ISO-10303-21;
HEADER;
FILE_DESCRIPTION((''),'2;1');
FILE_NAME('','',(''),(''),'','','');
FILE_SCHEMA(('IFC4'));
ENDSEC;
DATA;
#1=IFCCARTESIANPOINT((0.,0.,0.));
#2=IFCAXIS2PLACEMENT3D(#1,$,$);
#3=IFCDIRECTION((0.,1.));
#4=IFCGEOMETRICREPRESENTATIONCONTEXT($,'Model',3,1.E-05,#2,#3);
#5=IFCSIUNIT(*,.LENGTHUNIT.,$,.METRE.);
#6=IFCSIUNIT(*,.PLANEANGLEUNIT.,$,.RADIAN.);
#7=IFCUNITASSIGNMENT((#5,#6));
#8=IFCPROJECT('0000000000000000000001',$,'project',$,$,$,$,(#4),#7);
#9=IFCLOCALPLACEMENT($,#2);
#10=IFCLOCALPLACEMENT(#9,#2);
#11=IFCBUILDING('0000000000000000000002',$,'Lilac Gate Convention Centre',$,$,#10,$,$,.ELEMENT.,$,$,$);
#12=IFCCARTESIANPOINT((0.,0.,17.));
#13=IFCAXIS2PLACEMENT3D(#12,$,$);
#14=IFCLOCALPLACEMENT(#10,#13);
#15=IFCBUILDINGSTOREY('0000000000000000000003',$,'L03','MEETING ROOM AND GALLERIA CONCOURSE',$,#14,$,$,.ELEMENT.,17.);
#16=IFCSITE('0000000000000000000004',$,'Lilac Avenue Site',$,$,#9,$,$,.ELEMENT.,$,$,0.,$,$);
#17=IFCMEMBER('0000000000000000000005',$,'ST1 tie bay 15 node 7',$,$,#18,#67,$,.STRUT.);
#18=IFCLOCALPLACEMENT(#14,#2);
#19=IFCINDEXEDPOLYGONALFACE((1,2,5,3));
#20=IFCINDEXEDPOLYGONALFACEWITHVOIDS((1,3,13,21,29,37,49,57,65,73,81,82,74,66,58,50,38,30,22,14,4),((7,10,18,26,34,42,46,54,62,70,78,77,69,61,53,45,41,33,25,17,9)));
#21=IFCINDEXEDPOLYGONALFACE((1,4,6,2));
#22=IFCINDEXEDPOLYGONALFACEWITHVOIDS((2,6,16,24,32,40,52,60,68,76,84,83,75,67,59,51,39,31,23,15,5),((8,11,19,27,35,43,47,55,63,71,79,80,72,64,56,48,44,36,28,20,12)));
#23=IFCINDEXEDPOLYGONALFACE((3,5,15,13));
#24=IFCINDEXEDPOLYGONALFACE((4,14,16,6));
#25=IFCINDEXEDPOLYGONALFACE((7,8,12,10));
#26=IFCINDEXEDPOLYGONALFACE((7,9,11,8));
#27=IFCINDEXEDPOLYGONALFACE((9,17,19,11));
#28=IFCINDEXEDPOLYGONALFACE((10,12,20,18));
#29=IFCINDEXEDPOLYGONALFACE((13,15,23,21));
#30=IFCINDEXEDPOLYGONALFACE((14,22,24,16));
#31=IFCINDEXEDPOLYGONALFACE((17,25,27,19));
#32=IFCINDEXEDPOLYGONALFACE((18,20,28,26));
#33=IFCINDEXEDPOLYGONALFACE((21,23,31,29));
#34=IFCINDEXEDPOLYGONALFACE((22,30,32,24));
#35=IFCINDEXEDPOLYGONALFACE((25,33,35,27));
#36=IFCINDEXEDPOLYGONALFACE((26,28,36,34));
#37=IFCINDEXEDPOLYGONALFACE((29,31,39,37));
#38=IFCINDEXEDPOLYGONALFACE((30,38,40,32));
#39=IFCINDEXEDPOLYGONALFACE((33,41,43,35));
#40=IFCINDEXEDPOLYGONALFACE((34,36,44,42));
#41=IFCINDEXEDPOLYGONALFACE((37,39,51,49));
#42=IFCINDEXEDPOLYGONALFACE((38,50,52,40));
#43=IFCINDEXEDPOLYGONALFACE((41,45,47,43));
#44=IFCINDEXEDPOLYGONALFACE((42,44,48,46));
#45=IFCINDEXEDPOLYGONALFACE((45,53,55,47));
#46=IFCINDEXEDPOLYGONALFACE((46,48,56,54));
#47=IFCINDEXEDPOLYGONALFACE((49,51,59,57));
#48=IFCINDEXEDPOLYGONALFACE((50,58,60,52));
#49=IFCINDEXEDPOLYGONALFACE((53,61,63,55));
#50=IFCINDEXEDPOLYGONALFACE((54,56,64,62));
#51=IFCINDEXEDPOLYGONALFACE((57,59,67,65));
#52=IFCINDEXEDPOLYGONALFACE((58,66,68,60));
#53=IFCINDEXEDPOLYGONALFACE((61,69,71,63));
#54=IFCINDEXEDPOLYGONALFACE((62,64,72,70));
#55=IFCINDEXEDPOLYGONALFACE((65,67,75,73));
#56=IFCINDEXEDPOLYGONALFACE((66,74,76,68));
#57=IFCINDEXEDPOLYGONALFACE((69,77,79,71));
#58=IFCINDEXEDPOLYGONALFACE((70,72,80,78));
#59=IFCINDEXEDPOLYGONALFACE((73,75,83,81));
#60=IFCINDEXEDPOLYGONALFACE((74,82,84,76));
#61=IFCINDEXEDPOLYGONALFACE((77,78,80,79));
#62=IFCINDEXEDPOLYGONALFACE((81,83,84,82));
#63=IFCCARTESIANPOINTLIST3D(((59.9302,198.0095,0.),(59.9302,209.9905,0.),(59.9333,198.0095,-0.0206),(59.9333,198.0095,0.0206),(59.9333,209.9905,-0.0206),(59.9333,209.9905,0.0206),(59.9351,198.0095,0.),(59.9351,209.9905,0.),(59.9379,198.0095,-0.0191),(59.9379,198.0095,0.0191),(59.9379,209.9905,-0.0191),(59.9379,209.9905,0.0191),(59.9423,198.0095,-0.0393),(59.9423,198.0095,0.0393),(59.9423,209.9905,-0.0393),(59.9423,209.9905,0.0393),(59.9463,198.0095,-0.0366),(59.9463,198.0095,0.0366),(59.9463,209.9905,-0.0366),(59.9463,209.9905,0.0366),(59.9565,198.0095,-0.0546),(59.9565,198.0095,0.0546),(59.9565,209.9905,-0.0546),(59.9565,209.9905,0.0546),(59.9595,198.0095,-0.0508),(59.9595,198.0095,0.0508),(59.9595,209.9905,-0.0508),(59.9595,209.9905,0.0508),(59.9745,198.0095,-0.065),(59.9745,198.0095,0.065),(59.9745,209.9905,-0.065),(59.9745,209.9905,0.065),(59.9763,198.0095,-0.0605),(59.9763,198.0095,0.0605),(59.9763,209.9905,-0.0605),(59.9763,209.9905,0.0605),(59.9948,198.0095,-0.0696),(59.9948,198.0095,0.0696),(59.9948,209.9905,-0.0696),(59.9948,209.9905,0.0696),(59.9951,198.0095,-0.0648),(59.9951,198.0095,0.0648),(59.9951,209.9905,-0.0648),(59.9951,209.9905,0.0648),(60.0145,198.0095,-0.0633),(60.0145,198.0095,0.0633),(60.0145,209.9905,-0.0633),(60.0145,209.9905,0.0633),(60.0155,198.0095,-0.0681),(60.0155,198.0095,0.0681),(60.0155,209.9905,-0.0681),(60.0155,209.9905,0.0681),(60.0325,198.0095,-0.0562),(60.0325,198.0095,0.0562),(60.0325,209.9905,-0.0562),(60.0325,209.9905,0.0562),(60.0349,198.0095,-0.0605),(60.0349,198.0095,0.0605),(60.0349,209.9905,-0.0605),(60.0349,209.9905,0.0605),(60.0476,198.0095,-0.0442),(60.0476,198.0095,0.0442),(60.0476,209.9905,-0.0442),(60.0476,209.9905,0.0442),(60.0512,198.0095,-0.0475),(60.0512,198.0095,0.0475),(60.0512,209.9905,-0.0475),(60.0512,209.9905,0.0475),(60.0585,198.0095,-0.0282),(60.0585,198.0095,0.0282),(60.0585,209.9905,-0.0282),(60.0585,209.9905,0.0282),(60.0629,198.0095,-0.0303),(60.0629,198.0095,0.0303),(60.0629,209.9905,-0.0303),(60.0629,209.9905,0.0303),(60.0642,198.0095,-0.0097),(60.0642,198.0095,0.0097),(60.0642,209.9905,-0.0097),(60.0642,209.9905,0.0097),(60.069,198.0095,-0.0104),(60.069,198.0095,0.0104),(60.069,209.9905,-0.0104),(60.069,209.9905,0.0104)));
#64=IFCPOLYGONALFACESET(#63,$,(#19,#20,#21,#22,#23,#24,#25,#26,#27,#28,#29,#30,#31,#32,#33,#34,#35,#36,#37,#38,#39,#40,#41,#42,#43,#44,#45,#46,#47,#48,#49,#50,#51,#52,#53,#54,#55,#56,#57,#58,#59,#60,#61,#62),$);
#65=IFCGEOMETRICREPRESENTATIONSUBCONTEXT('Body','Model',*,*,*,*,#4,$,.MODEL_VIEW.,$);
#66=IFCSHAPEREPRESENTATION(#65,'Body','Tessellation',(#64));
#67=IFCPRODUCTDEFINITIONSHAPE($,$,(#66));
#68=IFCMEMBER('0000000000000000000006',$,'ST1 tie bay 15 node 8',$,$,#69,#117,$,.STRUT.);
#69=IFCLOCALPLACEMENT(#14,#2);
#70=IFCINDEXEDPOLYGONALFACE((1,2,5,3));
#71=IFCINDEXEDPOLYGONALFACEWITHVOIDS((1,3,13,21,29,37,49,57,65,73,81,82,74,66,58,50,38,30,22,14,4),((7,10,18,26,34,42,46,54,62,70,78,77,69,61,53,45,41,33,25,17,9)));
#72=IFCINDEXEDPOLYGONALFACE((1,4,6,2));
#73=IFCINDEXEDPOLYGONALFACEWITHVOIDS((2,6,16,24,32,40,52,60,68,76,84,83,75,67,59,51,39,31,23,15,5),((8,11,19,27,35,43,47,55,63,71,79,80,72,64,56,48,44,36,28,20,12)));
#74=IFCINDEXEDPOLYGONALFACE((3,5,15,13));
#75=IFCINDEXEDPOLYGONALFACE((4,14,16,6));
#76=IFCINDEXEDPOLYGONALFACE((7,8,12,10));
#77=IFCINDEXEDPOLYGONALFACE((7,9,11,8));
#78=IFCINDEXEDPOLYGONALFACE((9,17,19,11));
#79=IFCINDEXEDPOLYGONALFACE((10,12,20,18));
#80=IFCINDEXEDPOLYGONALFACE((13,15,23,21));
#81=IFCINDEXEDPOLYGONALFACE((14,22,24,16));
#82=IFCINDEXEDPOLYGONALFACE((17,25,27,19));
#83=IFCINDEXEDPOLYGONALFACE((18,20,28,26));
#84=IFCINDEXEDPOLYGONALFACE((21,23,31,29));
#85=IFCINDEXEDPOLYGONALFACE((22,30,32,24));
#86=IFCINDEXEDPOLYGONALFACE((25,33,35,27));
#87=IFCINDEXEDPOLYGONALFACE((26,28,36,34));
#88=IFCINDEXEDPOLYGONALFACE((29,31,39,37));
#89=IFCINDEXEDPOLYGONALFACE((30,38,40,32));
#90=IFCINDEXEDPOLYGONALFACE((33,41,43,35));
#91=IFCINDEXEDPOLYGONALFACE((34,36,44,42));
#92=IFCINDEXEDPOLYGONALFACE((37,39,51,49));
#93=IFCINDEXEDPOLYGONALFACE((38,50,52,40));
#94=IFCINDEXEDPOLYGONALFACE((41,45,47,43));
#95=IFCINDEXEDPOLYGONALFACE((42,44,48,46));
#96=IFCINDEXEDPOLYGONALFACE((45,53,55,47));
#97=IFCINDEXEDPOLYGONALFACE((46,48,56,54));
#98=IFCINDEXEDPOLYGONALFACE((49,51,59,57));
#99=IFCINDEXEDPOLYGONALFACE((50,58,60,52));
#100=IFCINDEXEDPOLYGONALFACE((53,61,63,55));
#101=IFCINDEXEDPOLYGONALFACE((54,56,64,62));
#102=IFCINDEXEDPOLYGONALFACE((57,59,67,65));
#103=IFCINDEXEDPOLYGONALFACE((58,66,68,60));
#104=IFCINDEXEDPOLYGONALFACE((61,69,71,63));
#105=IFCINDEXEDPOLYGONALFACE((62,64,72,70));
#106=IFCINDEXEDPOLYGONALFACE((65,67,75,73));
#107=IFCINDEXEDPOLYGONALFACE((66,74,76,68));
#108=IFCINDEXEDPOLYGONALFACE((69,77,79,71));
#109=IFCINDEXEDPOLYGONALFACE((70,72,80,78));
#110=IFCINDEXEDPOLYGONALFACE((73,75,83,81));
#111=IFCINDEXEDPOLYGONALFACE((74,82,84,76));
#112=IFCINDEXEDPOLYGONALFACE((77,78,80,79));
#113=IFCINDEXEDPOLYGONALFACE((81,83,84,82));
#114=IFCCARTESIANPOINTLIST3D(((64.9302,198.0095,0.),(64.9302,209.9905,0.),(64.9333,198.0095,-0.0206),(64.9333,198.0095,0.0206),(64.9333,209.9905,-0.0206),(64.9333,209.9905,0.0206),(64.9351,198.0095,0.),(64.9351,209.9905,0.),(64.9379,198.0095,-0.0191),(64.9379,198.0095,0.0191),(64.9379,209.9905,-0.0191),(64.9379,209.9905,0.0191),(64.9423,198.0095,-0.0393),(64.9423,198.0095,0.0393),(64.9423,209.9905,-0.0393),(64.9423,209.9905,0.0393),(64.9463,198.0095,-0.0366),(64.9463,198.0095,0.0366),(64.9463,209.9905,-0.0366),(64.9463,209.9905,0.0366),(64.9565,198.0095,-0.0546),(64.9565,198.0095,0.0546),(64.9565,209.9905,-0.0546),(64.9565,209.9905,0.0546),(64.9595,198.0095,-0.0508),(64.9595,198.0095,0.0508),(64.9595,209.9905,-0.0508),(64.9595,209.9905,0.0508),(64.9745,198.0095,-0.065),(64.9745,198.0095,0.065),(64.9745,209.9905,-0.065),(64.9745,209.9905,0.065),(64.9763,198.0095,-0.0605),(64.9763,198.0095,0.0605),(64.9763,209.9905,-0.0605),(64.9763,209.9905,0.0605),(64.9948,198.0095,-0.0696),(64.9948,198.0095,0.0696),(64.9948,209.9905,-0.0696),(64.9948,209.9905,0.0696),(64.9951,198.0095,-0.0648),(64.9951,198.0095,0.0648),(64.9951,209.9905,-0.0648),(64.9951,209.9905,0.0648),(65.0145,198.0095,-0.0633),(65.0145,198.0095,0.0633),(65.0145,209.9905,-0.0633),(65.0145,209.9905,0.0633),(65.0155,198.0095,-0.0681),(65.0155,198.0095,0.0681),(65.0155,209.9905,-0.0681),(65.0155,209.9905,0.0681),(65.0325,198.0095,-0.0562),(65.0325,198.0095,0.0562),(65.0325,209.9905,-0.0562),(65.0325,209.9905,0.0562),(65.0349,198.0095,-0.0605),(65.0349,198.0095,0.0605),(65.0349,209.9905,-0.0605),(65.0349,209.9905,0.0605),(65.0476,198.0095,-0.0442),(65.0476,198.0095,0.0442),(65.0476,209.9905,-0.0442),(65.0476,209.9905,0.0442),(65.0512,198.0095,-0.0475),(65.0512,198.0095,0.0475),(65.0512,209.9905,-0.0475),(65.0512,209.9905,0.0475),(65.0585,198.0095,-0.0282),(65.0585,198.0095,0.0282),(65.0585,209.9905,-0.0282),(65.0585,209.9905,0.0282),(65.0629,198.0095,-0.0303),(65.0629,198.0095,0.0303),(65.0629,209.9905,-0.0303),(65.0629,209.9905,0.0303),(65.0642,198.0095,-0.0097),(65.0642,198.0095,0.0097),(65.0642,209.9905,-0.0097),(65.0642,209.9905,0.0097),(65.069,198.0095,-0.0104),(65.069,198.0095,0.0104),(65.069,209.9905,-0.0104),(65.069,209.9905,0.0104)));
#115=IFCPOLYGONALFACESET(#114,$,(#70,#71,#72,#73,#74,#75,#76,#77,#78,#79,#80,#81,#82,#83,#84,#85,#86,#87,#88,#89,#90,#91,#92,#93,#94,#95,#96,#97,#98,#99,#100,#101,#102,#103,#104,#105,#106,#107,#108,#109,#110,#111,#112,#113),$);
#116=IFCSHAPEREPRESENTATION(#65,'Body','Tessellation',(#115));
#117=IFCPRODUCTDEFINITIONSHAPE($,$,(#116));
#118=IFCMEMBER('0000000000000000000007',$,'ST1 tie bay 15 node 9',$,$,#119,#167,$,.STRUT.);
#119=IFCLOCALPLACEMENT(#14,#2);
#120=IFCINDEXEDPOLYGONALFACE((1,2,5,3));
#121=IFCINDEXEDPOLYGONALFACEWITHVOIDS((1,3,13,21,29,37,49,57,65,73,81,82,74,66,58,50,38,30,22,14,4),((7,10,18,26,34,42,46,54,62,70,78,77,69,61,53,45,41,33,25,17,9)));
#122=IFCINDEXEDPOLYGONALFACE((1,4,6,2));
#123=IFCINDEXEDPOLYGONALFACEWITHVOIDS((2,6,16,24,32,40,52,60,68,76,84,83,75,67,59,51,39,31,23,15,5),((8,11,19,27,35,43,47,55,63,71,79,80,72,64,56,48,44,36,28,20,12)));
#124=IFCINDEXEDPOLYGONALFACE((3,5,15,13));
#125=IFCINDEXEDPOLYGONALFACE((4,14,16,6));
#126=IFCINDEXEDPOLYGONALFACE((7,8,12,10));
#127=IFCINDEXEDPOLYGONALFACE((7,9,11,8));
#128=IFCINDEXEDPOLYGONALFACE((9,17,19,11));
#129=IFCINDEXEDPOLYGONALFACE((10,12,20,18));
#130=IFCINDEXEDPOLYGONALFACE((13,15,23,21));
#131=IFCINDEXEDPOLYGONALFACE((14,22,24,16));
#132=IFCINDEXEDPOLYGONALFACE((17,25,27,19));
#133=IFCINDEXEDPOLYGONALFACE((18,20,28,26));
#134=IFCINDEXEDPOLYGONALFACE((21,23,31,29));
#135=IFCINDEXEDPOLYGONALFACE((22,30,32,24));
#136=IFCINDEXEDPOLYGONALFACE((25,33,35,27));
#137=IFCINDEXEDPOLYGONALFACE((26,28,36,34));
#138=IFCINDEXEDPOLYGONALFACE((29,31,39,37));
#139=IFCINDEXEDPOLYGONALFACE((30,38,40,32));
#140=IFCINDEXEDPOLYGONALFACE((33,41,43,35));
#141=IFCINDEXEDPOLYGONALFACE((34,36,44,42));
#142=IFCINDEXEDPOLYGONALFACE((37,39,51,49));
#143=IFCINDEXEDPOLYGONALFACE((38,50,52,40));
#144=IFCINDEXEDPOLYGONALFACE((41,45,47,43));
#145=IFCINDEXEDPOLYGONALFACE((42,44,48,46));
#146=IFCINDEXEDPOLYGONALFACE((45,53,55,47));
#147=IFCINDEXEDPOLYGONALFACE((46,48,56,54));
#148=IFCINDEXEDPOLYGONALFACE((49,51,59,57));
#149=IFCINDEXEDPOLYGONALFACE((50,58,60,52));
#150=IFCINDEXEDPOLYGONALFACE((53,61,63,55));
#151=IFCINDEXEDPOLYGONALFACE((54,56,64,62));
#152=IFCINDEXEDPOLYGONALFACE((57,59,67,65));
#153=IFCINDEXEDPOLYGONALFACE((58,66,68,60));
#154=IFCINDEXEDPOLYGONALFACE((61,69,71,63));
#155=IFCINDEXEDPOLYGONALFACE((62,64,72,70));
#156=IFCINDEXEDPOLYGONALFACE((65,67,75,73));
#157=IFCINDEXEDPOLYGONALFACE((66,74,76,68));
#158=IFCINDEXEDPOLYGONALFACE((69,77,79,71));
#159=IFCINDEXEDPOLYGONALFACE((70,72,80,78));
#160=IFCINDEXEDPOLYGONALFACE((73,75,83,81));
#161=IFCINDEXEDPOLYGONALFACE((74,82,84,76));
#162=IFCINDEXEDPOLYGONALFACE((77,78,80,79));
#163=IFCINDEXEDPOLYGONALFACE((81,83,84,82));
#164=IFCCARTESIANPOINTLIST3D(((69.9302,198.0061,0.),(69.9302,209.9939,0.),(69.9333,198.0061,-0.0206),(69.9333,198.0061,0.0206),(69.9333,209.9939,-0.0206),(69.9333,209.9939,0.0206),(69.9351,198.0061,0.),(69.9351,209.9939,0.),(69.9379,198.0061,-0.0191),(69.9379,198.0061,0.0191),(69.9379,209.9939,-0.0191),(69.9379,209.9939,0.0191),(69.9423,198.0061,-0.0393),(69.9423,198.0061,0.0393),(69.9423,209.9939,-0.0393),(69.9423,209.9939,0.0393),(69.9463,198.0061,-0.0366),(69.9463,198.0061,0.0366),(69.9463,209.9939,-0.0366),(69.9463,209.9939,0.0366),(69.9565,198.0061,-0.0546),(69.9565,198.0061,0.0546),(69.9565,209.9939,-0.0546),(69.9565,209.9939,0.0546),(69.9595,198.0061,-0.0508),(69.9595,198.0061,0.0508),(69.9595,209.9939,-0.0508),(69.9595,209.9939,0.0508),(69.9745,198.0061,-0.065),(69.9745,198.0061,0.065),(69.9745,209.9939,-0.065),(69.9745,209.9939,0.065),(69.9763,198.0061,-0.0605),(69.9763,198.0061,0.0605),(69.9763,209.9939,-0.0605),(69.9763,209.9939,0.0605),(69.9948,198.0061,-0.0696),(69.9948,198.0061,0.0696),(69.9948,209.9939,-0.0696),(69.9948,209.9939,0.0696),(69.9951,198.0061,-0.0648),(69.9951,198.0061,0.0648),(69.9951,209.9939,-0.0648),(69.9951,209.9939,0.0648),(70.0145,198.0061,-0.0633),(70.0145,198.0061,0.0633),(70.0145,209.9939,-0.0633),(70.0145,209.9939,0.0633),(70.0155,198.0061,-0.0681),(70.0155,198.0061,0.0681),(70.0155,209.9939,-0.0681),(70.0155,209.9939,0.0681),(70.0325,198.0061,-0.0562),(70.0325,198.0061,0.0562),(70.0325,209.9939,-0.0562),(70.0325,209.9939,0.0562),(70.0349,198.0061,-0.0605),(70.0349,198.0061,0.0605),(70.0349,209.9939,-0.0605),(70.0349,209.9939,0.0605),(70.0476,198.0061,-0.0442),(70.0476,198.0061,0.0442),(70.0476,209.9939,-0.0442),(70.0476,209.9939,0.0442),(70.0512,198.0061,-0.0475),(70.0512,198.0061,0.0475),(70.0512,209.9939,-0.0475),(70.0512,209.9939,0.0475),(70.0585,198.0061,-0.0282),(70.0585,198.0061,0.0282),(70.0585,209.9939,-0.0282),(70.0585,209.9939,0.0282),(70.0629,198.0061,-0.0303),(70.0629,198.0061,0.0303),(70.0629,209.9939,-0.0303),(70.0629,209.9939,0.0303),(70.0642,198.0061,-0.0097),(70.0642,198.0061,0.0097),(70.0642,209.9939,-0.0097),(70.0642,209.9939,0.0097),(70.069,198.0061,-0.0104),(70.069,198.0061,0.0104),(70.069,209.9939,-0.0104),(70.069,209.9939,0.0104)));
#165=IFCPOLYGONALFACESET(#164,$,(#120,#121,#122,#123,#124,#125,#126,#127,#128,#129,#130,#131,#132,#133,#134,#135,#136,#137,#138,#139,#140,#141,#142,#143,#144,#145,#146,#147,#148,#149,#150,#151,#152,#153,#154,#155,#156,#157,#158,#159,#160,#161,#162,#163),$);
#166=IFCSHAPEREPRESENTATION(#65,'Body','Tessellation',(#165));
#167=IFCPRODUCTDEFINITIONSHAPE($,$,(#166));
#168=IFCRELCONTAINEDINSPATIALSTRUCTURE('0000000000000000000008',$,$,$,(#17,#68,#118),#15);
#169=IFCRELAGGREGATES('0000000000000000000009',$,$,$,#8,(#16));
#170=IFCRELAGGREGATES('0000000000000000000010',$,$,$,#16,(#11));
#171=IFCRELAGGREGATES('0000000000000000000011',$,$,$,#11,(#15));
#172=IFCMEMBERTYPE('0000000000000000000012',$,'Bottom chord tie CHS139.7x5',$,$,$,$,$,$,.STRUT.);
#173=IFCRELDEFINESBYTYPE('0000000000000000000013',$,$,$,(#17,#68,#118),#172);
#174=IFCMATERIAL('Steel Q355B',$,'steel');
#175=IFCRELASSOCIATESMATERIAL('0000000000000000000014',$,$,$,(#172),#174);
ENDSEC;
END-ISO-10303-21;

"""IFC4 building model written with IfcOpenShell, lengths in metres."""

from ifc_helpers import new_model, si_unit, direction, frame, origin, origin_2d, place, context, subcontext, project, spatial, hollow_circle, extrude, material, material_profile, profile_set, type_object, element, save


model = new_model("IFC4")

# Units and contexts
model_context = context("Model", 3, precision=1e-05, world=origin(), true_north=direction((0.0, 1.0)))
body_context = subcontext(model_context, "Body", "Model", "MODEL_VIEW")
ifc_project = project(units=[si_unit("LENGTHUNIT", "METRE"), si_unit("PLANEANGLEUNIT", "RADIAN")], contexts=[model_context])

# Site, building, storey
site_placement = place(None, origin())
site = spatial("IfcSite", under=ifc_project, at=site_placement, Name="Lilac Avenue Site", CompositionType="ELEMENT", RefElevation=0.0)
building_placement = place(site_placement, origin())
building = spatial("IfcBuilding", under=site, at=building_placement, Name="Lilac Gate Convention Centre", CompositionType="ELEMENT")
storey_placement = place(building_placement, frame((0.0, 0.0, 17.0)))
storey = spatial("IfcBuildingStorey", under=building, at=storey_placement, Name="L03", Description="MEETING ROOM AND GALLERIA CONCOURSE", CompositionType="ELEMENT", Elevation=17.0)

# Members
ifc_material = material(Name="Steel Q355B", Category="steel")
ifc_material_profile_1 = material_profile(ifc_material, hollow_circle(Radius=0.0698, WallThickness=0.0049, at=origin_2d()), Name="CHS139.7x5")
ifc_profile_set_1 = profile_set([ifc_material_profile_1], Name="Steel Q355B")
member_type_1 = type_object("IfcMemberType", Name="Bottom chord tie CHS139.7x5", PredefinedType="STRUT", material=ifc_profile_set_1)
for number, where, z_axis, x_axis, name in (
    (1, (60.0, 198.0095, 0.0), (0.0, 1.0, 0.0), (-1.0, 0.0, 0.0), "ST1 tie bay 15 node 7"),
    (2, (65.0, 198.0095, 0.0), (0.0, 1.0, 0.0), (-1.0, 0.0, 0.0), "ST1 tie bay 15 node 8"),
):
    element("IfcMember", number, at=place(storey_placement, frame(where, z_axis=z_axis, x_axis=x_axis)), inside=storey, type_object=member_type_1, Name=name, PredefinedType="STRUT", context=body_context, shape_type="SweptSolid", body=[
        extrude(hollow_circle(Radius=0.0698, WallThickness=0.0049, at=origin_2d()), origin(), (0.0, 0.0, 1.0), 11.981),
    ])
for number, where, z_axis, x_axis, name in (
    (3, (70.0, 198.0061, 0.0), (0.0, 1.0, 0.0), (-1.0, 0.0, 0.0), "ST1 tie bay 15 node 9"),
):
    element("IfcMember", number, at=place(storey_placement, frame(where, z_axis=z_axis, x_axis=x_axis)), inside=storey, type_object=member_type_1, Name=name, PredefinedType="STRUT", context=body_context, shape_type="SweptSolid", body=[
        extrude(hollow_circle(Radius=0.0698, WallThickness=0.0049, at=origin_2d()), origin(), (0.0, 0.0, 1.0), 11.9878),
    ])

save(model, "model.ifc")
